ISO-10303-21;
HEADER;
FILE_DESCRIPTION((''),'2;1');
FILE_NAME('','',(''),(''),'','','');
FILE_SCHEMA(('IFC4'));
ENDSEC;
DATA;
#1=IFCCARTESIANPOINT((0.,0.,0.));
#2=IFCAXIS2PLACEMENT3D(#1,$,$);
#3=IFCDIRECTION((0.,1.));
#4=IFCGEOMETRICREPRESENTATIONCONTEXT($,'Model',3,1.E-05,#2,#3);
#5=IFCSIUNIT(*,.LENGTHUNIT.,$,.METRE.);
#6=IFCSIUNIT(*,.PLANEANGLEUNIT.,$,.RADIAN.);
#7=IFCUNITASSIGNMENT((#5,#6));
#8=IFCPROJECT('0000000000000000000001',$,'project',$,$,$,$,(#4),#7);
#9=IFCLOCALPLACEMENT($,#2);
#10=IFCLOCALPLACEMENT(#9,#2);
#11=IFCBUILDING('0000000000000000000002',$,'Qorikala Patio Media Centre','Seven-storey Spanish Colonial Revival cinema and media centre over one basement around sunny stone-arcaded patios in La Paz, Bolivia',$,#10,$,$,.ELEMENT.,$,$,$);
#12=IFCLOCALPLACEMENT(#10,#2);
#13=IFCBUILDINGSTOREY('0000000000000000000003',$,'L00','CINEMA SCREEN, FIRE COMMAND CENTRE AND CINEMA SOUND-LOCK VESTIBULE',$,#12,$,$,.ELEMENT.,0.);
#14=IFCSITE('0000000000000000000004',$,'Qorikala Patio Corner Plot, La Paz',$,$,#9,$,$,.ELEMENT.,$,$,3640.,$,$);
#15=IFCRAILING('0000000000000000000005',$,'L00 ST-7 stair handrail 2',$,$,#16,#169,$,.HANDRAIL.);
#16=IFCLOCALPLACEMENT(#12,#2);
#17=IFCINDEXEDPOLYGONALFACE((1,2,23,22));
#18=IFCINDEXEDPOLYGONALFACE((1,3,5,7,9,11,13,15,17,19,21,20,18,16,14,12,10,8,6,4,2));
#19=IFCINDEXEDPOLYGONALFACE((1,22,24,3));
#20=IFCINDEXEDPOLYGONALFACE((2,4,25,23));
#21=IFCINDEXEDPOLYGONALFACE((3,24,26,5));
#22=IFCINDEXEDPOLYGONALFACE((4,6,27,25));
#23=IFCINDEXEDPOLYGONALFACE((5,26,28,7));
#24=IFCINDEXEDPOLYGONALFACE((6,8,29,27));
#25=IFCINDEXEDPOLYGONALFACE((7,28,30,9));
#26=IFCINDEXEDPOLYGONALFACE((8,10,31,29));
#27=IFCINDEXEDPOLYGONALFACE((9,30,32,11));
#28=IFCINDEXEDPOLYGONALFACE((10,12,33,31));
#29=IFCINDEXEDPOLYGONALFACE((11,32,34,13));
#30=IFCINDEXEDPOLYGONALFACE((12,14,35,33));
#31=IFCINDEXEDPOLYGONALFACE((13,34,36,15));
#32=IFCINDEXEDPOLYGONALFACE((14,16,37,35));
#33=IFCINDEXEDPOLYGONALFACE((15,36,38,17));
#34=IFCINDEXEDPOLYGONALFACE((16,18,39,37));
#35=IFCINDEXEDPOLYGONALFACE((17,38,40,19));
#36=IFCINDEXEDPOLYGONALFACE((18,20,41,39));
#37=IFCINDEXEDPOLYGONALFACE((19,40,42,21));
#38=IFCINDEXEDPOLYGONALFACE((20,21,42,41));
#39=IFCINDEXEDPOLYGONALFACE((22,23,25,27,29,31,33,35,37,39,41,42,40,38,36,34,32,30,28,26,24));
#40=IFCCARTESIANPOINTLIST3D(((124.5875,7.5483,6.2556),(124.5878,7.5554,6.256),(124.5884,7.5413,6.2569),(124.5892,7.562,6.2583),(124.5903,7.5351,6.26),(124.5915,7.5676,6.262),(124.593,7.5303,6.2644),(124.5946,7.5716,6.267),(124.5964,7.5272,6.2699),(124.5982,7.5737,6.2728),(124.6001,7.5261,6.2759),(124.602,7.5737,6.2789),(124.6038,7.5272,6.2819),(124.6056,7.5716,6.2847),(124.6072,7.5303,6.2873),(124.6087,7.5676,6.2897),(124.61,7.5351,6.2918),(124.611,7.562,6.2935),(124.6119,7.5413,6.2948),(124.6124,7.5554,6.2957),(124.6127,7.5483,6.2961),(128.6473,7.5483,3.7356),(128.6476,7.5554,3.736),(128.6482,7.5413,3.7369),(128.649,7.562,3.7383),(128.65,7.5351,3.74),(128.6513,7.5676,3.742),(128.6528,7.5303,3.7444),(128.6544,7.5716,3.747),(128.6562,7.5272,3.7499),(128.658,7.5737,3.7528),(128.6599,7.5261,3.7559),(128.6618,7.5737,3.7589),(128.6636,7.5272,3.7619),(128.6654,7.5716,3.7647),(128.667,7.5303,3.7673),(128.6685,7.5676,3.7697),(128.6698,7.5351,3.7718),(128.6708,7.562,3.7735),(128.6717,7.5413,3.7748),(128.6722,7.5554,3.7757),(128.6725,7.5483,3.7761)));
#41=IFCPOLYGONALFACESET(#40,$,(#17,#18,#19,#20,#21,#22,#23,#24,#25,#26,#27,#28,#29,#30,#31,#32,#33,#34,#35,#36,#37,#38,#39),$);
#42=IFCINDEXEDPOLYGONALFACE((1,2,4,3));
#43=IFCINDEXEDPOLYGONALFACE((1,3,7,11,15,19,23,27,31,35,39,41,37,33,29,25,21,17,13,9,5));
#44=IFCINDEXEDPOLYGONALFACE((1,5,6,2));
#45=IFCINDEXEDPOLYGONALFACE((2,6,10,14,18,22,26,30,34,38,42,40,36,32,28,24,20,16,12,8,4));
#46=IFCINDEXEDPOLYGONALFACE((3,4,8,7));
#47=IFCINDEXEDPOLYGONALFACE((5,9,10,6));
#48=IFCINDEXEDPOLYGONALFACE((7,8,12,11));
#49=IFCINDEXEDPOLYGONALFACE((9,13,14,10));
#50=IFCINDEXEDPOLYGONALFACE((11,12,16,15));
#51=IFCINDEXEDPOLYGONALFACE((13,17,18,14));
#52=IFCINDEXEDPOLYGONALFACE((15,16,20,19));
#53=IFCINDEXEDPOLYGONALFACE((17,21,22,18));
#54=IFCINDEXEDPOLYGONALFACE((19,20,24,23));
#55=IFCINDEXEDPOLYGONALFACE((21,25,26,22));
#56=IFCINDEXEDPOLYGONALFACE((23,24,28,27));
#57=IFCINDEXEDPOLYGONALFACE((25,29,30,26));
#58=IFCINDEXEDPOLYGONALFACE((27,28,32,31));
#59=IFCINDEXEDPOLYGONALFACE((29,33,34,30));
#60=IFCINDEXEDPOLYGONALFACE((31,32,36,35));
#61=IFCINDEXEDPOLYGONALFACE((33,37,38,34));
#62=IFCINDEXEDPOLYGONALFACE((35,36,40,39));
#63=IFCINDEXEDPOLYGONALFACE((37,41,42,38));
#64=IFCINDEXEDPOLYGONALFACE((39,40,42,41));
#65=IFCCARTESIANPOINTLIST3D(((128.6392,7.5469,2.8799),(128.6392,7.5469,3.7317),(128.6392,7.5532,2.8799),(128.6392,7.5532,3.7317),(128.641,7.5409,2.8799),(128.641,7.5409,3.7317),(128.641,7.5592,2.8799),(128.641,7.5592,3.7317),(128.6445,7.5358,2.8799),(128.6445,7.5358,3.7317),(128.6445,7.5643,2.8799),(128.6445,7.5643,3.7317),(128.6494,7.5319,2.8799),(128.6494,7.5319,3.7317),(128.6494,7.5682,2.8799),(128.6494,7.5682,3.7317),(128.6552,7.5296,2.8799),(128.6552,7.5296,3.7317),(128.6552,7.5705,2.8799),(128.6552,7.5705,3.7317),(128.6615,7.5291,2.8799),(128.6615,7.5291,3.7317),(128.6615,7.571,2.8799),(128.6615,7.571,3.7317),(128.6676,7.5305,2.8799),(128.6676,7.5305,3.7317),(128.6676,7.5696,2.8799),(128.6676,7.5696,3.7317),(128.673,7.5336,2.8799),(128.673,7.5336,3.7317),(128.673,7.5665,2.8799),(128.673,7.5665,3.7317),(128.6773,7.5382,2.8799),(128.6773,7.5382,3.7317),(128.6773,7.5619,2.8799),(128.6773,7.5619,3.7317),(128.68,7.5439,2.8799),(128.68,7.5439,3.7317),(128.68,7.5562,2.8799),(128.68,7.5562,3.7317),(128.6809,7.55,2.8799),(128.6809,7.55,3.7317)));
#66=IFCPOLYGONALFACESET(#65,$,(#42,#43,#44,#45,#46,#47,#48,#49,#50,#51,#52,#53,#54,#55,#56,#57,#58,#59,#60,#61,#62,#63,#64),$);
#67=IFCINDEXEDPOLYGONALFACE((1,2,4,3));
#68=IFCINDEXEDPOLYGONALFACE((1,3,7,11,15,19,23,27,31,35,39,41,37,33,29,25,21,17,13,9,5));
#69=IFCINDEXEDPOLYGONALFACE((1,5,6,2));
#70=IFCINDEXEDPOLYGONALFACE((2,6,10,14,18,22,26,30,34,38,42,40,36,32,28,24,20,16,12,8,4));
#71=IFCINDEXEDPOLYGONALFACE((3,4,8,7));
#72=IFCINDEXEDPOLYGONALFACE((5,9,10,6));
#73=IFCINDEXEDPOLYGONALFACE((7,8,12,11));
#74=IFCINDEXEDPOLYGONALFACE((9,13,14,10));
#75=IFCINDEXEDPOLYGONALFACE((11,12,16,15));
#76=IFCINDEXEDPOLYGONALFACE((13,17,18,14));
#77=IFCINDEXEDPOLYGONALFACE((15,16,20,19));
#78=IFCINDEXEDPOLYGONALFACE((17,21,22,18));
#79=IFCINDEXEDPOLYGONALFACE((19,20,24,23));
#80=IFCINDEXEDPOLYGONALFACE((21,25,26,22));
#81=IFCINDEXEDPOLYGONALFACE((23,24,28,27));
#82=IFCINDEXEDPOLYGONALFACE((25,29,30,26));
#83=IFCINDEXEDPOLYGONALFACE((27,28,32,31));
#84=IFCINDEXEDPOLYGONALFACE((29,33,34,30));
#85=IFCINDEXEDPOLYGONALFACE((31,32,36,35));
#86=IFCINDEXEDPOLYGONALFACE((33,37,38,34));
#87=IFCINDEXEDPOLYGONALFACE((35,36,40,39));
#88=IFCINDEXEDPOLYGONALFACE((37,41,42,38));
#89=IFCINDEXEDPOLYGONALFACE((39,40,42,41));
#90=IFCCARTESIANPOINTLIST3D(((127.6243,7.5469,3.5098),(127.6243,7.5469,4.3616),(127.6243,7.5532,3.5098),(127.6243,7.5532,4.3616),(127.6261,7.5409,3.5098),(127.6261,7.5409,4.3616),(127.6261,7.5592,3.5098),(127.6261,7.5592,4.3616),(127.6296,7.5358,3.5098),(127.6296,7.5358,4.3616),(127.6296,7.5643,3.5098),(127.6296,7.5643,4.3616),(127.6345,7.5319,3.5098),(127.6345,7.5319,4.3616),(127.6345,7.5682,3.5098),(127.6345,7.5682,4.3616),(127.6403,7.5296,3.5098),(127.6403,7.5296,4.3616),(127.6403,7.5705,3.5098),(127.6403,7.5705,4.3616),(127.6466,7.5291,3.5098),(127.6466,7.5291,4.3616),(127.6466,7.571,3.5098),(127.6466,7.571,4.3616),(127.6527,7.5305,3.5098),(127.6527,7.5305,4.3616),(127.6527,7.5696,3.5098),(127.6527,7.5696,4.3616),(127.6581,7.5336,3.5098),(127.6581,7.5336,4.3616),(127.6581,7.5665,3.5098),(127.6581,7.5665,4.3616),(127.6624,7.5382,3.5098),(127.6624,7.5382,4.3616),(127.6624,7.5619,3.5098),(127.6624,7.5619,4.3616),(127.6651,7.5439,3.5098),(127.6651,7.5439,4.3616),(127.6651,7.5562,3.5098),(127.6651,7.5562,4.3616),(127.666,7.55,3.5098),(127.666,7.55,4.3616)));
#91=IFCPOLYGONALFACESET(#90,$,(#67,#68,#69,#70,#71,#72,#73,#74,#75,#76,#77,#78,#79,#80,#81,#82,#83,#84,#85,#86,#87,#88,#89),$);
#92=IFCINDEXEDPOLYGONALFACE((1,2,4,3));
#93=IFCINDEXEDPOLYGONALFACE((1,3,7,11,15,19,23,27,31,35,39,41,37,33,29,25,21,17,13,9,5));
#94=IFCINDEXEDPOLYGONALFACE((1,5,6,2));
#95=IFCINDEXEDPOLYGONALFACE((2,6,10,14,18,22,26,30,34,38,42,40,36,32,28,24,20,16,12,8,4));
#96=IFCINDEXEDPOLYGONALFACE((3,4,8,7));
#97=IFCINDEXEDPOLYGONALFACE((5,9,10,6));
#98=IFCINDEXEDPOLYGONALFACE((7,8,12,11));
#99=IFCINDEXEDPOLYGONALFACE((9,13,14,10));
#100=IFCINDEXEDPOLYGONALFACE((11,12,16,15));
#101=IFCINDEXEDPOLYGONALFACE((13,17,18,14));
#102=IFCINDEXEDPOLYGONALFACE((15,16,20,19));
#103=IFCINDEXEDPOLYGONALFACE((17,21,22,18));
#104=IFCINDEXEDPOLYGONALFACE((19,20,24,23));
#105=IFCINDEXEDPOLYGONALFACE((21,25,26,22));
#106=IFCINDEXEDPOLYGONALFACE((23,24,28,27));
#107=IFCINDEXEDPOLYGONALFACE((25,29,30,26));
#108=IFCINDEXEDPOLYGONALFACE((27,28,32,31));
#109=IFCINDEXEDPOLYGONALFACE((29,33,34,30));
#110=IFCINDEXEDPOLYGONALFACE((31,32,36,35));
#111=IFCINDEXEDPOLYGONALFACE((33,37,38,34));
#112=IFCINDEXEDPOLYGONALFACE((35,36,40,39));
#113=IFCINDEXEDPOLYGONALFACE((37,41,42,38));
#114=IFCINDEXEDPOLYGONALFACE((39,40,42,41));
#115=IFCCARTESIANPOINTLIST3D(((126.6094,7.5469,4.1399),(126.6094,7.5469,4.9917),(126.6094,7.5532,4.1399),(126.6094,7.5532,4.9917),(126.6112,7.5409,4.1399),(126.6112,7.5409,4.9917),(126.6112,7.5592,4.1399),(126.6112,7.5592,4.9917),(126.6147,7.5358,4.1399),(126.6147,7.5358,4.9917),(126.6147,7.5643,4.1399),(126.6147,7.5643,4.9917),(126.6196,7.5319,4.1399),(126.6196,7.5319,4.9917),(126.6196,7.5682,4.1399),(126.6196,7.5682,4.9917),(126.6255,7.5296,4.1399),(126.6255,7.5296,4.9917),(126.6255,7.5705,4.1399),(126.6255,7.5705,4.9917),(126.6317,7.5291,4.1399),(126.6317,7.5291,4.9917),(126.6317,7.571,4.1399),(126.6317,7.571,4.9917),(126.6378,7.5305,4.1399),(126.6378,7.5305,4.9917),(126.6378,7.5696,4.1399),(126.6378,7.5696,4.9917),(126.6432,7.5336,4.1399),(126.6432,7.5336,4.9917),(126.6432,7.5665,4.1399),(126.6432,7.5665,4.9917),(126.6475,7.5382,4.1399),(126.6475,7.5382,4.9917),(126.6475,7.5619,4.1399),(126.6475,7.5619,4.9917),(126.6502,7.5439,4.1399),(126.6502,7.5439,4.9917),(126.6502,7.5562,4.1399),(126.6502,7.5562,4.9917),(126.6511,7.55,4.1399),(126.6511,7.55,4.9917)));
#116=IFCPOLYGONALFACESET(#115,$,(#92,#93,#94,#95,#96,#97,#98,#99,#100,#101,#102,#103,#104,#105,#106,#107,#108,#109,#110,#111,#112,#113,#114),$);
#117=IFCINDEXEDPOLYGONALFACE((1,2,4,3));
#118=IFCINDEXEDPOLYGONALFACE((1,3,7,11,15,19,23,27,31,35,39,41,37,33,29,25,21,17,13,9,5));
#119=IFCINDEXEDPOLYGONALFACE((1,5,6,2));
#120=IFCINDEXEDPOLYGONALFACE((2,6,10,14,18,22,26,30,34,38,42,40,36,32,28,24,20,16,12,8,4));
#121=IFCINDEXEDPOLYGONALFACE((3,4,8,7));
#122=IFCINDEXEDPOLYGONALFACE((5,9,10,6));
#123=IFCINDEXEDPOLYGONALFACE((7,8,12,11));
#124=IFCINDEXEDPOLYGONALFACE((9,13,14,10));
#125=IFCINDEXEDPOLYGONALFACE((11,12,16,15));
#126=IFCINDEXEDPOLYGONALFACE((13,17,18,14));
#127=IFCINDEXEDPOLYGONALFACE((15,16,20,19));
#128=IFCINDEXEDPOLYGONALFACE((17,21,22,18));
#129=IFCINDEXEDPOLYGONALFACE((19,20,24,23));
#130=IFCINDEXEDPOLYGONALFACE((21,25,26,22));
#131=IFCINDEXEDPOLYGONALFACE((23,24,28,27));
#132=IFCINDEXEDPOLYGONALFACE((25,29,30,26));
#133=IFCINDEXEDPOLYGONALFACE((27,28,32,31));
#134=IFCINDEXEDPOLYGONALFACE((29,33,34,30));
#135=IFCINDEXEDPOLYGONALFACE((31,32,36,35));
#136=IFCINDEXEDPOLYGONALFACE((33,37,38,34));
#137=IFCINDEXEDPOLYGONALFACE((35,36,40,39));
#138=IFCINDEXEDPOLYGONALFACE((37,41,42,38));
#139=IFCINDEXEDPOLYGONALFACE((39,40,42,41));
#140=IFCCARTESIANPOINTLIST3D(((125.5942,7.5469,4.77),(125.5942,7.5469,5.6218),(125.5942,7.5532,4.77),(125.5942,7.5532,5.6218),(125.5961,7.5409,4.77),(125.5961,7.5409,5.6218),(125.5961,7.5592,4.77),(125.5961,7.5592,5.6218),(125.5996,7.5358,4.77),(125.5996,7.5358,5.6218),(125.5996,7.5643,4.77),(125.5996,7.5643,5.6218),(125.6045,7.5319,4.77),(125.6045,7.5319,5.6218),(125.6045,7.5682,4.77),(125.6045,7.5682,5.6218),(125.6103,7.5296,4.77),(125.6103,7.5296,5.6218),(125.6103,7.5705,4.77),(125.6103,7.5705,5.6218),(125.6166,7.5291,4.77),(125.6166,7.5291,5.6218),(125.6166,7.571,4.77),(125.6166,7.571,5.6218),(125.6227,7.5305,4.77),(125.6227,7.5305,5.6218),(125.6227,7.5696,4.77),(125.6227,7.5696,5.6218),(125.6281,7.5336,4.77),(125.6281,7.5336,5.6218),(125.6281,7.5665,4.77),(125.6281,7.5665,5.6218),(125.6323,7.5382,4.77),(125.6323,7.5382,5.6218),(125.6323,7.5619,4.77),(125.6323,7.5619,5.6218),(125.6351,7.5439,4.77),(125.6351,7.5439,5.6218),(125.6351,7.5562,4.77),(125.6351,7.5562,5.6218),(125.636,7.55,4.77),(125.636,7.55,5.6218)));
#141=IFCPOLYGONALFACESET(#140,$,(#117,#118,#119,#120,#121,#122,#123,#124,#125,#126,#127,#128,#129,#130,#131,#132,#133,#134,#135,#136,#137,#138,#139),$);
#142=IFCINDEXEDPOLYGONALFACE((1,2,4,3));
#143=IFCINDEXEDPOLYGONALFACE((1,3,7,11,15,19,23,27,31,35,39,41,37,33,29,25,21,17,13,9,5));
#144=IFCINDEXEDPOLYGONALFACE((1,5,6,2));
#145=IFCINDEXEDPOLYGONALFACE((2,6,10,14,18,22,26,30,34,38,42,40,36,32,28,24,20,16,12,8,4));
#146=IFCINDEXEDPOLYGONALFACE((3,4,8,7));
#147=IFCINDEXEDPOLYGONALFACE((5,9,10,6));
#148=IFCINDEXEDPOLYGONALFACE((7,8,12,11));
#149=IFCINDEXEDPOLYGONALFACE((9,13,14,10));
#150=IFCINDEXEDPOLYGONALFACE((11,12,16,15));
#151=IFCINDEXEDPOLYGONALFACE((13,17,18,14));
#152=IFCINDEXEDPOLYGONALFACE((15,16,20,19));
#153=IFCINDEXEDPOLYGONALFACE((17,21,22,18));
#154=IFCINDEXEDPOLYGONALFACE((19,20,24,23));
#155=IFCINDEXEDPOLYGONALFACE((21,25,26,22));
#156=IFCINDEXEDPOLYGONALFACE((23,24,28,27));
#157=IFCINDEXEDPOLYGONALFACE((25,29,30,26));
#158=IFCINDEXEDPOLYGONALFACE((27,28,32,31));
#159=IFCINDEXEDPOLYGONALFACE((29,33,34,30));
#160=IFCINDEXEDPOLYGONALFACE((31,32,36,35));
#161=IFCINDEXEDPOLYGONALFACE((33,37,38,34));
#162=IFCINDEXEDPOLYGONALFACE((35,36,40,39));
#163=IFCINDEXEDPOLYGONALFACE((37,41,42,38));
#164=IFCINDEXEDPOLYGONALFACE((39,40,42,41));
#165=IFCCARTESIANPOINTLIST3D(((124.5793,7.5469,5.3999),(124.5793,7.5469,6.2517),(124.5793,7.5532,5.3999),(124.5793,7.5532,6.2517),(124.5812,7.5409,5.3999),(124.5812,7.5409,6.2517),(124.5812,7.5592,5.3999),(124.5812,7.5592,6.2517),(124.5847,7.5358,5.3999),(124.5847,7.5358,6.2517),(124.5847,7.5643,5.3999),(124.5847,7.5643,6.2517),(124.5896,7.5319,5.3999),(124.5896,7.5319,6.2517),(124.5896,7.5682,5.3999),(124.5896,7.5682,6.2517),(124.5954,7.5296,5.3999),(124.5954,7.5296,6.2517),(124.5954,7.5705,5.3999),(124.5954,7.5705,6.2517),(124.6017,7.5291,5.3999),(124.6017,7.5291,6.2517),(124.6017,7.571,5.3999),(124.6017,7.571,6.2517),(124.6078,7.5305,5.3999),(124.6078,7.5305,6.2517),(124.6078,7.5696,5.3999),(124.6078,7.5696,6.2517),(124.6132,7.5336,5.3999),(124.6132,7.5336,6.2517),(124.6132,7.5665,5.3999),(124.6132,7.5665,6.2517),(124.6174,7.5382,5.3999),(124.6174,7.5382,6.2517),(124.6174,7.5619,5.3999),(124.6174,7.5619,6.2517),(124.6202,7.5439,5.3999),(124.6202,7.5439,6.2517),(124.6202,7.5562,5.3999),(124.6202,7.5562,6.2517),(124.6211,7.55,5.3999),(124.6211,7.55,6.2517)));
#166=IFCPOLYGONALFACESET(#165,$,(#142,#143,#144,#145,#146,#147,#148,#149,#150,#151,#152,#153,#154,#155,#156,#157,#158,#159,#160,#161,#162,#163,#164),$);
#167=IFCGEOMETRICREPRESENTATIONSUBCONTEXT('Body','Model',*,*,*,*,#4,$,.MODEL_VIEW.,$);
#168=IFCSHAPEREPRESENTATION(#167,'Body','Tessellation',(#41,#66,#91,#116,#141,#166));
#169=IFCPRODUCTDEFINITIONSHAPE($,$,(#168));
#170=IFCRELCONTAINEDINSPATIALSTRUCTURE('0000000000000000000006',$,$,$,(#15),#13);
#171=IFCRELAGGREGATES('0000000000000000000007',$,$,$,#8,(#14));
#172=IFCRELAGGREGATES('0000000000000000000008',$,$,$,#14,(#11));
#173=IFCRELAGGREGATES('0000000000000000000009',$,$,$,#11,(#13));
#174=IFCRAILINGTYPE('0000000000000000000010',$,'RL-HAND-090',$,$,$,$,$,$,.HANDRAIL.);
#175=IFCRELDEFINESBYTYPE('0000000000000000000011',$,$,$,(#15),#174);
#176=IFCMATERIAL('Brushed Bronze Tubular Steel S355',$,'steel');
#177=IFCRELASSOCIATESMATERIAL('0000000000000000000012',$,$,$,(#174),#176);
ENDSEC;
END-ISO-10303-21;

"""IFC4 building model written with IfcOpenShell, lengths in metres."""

from ifc_helpers import new_model, si_unit, direction, frame, origin, origin_2d, place, context, subcontext, project, spatial, circle, extrude, material, type_object, element, save


model = new_model("IFC4")

# Units and contexts
model_context = context("Model", 3, precision=1e-05, world=origin(), true_north=direction((0.0, 1.0)))
body_context = subcontext(model_context, "Body", "Model", "MODEL_VIEW")
ifc_project = project(units=[si_unit("LENGTHUNIT", "METRE"), si_unit("PLANEANGLEUNIT", "RADIAN")], contexts=[model_context])

# Site, building, storey
site_placement = place(None, origin())
site = spatial("IfcSite", under=ifc_project, at=site_placement, Name="Qorikala Patio Corner Plot, La Paz", CompositionType="ELEMENT", RefElevation=3640.0)
building_placement = place(site_placement, origin())
building = spatial("IfcBuilding", under=site, at=building_placement, Name="Qorikala Patio Media Centre", Description="Seven-storey Spanish Colonial Revival cinema and media centre over one basement around sunny stone-arcaded patios in La Paz, Bolivia", CompositionType="ELEMENT")
storey_placement = place(building_placement, origin())
storey = spatial("IfcBuildingStorey", under=building, at=storey_placement, Name="L00", Description="CINEMA SCREEN, FIRE COMMAND CENTRE AND CINEMA SOUND-LOCK VESTIBULE", CompositionType="ELEMENT", Elevation=0.0)

# Railing
ifc_material_1 = material(Name="Brushed Bronze Tubular Steel S355", Category="steel")
railing_type_1 = type_object("IfcRailingType", Name="RL-HAND-090", PredefinedType="HANDRAIL", material=ifc_material_1)
railing_1_placement = place(storey_placement, frame((128.6599, 7.55, 2.8799)))
element("IfcRailing", 1, at=railing_1_placement, inside=storey, type_object=railing_type_1, Name="L00 ST-7 stair handrail 2", PredefinedType="HANDRAIL", context=body_context, shape_type="SweptSolid", body=[
    extrude(circle(Radius=0.0239, at=origin_2d()), frame((0.0, 0.0, 0.876), z_axis=(-0.849628, 0.0, 0.527383), x_axis=(0.0, -1.0, 0.0)), (0.0, 0.0, 1.0), 4.7783),
    extrude(circle(Radius=0.021, at=origin_2d()), origin(), (0.0, 0.0, 1.0), 0.8518),
    extrude(circle(Radius=0.021, at=origin_2d()), frame((-1.0149, 0.0, 0.6299)), (0.0, 0.0, 1.0), 0.8518),
    extrude(circle(Radius=0.021, at=origin_2d()), frame((-2.0298, 0.0, 1.26)), (0.0, 0.0, 1.0), 0.8518),
    extrude(circle(Radius=0.021, at=origin_2d()), frame((-3.0449, 0.0, 1.8901)), (0.0, 0.0, 1.0), 0.8518),
    extrude(circle(Radius=0.021, at=origin_2d()), frame((-4.0598, 0.0, 2.52)), (0.0, 0.0, 1.0), 0.8518),
])

save(model, "model.ifc")
